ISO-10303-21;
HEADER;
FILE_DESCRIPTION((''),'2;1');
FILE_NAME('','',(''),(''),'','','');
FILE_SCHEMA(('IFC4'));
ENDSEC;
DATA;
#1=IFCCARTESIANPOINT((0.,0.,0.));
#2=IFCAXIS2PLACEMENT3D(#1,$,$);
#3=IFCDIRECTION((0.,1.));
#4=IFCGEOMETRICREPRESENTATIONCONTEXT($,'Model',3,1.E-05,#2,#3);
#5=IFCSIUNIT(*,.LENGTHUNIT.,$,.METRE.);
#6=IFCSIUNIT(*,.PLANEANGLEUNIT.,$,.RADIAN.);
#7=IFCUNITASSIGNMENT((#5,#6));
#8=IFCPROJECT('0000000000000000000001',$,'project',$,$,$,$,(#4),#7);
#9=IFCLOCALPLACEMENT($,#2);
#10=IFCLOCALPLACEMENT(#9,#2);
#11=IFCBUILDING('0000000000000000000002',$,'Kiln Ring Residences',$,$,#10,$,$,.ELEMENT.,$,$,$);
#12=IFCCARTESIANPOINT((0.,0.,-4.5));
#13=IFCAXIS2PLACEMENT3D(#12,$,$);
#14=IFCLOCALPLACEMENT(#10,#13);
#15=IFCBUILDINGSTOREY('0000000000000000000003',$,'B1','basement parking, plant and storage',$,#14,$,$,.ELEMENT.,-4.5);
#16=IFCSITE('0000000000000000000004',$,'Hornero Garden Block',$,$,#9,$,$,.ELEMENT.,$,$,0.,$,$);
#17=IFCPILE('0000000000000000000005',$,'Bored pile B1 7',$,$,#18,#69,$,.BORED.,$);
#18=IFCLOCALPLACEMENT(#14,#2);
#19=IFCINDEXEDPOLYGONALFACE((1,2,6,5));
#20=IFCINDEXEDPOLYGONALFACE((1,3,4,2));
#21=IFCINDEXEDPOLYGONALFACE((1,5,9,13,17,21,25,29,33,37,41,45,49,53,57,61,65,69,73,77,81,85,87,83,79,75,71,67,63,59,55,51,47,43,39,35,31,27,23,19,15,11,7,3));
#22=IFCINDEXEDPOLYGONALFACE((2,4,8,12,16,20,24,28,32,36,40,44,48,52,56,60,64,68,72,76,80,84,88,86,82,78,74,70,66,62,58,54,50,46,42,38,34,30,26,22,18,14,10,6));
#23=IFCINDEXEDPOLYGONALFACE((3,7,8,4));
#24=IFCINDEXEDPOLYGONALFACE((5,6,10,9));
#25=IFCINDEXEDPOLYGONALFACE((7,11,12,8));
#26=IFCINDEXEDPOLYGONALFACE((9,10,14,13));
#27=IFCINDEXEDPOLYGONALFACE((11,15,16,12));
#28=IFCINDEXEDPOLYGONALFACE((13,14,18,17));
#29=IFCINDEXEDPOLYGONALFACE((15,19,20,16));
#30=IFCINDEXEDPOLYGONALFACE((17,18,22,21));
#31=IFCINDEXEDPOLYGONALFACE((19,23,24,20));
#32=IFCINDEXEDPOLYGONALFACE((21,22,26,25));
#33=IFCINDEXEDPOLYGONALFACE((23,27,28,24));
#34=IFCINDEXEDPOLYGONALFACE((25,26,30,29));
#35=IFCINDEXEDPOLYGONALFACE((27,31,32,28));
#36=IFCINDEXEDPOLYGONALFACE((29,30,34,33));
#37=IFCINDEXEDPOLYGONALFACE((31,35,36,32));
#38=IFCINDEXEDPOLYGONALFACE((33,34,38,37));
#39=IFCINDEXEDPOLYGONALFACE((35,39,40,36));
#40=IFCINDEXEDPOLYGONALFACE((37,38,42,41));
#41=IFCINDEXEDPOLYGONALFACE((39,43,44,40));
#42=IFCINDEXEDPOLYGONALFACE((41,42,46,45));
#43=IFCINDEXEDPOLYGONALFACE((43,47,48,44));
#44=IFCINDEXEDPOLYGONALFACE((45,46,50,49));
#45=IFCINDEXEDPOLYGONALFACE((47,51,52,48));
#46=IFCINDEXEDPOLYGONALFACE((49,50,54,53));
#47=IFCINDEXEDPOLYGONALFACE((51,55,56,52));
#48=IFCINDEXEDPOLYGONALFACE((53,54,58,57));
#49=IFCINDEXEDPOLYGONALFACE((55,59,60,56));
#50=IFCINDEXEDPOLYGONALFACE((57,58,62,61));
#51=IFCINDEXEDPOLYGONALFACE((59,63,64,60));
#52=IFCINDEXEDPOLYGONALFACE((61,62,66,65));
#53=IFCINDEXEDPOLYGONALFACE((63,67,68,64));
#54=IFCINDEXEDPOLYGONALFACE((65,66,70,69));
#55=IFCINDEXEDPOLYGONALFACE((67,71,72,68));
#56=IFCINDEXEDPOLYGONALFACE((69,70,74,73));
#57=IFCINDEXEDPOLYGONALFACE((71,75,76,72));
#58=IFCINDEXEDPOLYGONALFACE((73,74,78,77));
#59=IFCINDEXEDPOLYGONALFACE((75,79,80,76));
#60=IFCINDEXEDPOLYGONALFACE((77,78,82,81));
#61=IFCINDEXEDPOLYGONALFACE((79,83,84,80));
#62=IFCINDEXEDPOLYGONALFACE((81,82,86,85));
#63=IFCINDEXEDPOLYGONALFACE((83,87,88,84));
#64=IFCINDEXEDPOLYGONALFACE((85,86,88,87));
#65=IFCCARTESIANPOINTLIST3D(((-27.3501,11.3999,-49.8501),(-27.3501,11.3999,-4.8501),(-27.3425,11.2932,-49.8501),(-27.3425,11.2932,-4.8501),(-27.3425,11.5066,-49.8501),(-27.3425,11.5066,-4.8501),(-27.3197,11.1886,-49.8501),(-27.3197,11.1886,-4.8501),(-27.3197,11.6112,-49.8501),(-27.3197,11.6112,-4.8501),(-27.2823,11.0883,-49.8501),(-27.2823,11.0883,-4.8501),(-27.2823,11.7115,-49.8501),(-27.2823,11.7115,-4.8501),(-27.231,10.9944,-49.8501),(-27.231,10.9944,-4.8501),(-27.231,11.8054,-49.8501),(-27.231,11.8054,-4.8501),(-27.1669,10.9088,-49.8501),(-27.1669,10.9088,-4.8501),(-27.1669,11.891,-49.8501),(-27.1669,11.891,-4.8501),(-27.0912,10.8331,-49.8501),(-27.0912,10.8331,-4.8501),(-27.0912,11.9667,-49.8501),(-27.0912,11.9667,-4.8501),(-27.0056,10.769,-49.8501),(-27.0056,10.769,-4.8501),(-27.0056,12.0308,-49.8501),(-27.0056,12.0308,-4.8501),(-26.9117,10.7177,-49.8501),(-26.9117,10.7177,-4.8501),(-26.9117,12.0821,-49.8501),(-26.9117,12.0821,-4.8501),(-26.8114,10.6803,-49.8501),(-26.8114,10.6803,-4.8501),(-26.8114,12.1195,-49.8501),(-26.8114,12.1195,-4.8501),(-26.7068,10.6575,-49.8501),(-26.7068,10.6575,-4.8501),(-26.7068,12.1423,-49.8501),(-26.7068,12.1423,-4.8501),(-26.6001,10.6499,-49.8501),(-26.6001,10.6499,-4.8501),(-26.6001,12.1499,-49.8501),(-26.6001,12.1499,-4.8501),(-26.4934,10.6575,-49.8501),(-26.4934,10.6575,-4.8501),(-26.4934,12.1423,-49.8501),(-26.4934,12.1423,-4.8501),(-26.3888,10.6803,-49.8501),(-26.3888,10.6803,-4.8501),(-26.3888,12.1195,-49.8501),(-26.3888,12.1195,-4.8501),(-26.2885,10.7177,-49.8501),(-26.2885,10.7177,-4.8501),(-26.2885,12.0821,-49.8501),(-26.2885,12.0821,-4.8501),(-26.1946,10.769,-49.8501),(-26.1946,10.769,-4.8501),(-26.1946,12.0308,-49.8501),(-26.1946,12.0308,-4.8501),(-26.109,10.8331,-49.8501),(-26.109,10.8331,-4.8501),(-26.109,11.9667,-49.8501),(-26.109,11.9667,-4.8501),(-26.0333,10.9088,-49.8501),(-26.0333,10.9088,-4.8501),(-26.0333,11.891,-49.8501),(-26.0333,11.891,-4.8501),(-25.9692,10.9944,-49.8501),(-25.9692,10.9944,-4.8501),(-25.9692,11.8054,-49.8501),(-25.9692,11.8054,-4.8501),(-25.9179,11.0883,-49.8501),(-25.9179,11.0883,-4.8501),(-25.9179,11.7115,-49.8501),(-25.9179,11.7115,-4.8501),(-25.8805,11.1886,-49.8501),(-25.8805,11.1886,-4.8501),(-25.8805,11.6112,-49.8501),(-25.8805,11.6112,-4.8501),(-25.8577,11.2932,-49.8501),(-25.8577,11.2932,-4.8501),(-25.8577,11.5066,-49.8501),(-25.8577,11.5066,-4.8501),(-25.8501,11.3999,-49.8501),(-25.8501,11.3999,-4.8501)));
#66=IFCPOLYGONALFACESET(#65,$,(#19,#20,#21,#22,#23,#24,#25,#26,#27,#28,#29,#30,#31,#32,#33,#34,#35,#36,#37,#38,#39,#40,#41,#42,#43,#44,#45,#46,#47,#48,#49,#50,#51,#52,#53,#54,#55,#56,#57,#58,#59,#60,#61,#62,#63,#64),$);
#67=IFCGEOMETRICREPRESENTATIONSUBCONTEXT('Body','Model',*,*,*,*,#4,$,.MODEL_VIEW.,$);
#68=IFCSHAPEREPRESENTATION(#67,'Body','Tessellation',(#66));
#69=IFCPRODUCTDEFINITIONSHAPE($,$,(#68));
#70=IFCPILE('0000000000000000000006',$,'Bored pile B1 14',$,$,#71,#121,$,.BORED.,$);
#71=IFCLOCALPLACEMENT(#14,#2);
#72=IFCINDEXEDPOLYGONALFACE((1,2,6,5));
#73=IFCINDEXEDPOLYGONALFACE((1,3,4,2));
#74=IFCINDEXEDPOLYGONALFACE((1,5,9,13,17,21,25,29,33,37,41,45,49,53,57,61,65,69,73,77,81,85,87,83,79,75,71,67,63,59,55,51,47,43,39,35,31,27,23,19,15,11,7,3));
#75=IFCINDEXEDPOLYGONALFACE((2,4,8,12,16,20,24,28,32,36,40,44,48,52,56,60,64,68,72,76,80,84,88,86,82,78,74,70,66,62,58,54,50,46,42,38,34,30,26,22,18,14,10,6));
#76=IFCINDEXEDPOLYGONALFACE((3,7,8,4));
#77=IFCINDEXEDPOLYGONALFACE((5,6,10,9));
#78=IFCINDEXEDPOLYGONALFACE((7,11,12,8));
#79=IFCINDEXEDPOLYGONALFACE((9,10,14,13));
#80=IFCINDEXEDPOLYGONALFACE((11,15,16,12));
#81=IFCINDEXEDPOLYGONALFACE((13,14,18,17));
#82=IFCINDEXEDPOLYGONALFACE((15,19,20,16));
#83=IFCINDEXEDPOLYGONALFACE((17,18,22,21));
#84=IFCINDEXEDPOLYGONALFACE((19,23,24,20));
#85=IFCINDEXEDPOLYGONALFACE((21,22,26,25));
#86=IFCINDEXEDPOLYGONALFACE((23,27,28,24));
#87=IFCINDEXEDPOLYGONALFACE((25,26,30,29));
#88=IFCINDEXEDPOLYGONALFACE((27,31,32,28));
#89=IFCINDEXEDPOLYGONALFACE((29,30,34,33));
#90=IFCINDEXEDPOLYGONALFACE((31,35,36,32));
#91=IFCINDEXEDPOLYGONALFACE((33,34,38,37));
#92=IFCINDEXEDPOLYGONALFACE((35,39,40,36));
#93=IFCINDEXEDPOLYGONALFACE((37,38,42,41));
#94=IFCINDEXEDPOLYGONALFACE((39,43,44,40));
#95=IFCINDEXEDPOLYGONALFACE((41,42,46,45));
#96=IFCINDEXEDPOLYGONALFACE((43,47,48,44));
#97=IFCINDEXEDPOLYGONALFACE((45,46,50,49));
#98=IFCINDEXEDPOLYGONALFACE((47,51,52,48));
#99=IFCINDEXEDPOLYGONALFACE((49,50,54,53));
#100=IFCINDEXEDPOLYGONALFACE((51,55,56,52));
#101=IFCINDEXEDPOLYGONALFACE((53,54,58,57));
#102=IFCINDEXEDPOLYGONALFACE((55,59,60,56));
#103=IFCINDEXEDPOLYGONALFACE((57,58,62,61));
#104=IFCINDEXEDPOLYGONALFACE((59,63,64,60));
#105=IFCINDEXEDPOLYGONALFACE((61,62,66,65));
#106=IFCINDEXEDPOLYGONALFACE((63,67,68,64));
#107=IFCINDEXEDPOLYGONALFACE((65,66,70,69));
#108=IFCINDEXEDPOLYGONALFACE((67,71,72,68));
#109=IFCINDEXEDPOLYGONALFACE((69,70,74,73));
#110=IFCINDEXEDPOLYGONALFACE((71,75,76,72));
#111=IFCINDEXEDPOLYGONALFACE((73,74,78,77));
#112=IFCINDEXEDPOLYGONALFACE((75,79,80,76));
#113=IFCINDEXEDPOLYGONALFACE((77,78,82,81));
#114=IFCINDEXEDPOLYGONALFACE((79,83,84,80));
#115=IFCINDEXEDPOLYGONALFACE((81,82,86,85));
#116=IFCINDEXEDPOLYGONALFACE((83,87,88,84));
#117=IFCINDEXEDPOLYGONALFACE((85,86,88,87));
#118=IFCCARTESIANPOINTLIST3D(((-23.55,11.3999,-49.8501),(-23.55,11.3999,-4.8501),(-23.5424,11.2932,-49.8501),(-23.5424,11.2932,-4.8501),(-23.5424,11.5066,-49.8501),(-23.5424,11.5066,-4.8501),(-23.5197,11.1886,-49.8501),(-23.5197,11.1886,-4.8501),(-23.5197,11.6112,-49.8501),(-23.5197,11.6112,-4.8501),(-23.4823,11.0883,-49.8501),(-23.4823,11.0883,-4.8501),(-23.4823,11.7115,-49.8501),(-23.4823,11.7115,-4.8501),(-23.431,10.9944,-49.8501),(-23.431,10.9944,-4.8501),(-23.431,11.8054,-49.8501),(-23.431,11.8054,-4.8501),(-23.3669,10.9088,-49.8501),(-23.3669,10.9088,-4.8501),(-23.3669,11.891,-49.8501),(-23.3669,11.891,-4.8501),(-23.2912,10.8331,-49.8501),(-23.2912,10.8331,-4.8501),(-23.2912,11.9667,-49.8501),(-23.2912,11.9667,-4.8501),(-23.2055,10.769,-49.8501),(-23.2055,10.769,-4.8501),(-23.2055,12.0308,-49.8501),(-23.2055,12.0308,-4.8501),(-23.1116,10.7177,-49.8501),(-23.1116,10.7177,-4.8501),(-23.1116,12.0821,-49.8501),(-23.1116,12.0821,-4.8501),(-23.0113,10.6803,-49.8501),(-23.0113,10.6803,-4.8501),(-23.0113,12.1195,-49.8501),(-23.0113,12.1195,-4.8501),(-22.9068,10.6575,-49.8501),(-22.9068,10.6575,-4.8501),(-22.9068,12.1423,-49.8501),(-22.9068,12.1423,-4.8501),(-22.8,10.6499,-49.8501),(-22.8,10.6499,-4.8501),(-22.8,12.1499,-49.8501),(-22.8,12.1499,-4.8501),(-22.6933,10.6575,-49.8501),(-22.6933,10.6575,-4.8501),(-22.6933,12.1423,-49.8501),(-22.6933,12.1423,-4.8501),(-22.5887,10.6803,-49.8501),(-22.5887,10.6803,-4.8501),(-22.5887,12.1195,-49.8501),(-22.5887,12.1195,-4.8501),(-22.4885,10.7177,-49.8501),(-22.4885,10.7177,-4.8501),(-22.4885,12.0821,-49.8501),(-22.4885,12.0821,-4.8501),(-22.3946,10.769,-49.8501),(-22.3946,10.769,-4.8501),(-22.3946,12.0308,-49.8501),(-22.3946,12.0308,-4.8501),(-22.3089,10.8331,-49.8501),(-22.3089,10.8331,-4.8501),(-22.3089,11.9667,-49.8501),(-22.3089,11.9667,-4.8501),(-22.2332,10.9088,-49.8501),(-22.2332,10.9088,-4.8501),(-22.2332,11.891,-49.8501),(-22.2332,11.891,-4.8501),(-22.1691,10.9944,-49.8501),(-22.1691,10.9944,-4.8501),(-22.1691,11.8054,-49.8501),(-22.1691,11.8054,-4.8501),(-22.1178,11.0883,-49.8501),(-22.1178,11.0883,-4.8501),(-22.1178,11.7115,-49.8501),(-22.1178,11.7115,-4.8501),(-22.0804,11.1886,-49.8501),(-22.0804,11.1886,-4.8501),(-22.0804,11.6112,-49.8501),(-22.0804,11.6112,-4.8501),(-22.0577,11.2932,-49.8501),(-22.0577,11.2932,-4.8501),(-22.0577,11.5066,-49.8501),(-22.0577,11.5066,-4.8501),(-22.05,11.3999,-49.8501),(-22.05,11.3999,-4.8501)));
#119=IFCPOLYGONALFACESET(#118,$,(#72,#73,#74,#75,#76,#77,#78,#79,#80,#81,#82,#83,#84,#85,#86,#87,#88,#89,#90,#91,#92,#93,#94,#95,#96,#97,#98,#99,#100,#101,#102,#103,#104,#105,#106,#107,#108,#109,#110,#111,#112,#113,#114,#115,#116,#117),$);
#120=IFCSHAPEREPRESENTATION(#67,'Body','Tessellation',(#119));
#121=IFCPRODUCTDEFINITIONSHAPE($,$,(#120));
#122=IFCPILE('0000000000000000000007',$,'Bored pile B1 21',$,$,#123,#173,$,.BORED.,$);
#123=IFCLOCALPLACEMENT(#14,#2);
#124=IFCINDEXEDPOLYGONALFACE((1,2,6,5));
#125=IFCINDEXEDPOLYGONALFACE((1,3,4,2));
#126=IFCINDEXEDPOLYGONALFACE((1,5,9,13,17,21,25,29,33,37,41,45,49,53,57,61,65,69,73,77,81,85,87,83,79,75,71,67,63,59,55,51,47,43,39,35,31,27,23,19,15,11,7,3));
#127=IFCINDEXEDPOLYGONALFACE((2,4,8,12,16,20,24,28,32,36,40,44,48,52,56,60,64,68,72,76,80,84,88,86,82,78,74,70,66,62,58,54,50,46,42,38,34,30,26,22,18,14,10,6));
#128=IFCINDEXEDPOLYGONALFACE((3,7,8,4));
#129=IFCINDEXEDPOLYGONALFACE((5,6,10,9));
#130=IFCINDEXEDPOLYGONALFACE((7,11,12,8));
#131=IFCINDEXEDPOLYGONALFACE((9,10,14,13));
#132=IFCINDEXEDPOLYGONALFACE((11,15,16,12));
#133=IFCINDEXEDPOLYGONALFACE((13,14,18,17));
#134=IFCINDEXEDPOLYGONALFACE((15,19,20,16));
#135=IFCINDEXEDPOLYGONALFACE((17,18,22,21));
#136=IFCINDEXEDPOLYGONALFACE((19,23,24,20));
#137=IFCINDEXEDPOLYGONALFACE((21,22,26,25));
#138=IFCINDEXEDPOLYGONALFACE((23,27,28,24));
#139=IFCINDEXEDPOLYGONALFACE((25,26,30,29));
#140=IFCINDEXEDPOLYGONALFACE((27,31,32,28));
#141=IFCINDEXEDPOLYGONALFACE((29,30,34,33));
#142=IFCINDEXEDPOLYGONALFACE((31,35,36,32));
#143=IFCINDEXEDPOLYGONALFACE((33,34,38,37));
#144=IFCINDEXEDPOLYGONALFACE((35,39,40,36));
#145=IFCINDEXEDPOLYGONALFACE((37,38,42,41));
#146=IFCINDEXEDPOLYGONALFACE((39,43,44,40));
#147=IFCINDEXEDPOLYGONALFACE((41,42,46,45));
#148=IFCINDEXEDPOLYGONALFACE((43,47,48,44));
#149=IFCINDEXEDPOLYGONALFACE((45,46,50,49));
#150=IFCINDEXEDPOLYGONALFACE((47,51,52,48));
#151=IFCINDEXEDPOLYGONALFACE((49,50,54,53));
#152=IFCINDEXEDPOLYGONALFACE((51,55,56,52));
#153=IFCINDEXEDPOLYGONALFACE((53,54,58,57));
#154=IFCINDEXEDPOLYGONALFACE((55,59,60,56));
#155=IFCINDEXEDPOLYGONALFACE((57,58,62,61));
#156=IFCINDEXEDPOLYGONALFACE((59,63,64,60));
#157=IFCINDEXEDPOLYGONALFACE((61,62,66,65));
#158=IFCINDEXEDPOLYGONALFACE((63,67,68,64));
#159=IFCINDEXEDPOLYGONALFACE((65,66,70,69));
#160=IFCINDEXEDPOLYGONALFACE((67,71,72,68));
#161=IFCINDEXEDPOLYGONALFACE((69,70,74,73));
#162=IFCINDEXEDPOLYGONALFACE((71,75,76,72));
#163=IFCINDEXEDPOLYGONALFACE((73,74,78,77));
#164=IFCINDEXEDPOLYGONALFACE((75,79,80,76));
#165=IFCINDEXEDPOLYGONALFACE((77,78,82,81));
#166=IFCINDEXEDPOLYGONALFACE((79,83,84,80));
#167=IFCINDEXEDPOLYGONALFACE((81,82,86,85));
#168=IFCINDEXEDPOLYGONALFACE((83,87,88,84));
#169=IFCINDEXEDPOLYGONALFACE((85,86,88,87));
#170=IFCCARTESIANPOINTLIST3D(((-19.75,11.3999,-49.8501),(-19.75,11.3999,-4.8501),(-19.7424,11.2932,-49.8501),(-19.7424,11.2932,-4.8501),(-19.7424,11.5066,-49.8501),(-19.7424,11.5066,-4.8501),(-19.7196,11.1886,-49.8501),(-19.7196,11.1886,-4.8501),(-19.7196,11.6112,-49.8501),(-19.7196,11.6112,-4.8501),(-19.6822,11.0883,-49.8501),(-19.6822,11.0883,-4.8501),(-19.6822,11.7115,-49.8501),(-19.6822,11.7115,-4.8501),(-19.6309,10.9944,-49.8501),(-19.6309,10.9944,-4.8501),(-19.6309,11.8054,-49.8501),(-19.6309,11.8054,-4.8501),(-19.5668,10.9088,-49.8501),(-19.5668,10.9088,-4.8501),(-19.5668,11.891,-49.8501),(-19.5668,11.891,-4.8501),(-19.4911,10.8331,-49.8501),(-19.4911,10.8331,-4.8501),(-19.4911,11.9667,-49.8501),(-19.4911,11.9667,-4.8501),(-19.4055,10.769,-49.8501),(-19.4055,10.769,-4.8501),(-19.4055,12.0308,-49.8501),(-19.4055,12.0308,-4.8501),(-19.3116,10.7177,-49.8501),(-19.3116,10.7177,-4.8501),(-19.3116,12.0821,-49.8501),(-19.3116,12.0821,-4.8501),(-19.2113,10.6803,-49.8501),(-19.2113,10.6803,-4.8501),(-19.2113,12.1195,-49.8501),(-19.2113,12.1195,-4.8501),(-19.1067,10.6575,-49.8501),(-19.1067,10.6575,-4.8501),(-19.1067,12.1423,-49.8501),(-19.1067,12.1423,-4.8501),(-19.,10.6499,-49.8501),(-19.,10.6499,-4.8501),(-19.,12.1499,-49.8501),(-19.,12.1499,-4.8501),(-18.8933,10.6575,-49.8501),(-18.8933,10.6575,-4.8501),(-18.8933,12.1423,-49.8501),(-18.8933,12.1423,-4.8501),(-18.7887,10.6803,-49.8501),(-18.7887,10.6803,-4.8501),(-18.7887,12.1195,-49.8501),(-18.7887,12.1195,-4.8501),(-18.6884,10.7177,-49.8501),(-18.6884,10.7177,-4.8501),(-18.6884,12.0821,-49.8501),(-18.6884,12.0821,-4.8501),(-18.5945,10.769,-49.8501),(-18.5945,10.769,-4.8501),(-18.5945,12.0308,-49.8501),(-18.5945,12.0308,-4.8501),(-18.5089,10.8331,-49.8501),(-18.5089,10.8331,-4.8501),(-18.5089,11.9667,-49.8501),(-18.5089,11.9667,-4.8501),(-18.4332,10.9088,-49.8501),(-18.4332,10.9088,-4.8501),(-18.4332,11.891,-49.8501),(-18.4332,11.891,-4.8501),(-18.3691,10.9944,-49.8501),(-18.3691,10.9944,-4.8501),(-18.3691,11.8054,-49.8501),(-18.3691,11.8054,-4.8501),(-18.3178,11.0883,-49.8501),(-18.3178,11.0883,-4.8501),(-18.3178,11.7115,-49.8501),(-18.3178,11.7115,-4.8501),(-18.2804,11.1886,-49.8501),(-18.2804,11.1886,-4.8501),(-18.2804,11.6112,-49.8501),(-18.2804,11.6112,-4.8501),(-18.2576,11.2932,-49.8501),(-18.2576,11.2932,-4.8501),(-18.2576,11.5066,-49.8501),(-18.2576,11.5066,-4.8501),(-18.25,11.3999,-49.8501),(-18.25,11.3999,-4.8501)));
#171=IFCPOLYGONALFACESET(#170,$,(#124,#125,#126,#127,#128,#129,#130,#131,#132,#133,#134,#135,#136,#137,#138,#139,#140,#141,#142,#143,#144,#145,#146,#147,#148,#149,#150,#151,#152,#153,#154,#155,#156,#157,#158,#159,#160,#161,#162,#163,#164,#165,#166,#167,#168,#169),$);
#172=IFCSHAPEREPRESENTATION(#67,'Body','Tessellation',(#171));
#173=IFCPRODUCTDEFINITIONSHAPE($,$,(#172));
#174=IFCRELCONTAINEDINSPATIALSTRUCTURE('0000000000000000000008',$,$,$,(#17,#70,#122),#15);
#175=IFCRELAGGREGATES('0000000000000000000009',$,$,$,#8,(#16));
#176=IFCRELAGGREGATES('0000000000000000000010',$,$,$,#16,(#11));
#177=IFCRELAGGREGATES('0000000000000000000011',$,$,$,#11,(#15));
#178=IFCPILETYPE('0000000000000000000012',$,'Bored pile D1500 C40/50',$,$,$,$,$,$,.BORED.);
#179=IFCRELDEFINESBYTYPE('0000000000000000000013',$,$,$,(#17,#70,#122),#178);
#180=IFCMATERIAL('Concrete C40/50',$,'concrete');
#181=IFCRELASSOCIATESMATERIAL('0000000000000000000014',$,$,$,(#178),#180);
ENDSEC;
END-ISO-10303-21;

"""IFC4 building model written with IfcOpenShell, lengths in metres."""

from ifc_helpers import new_model, si_unit, direction, frame, origin, origin_2d, place, context, subcontext, project, spatial, circle, extrude, material, material_profile, profile_set, type_object, element, save


model = new_model("IFC4")

# Units and contexts
model_context = context("Model", 3, precision=1e-05, world=origin(), true_north=direction((0.0, 1.0)))
body_context = subcontext(model_context, "Body", "Model", "MODEL_VIEW")
ifc_project = project(units=[si_unit("LENGTHUNIT", "METRE"), si_unit("PLANEANGLEUNIT", "RADIAN")], contexts=[model_context])

# Site, building, storey
site_placement = place(None, origin())
site = spatial("IfcSite", under=ifc_project, at=site_placement, Name="Hornero Garden Block", CompositionType="ELEMENT", RefElevation=0.0)
building_placement = place(site_placement, origin())
building = spatial("IfcBuilding", under=site, at=building_placement, Name="Kiln Ring Residences", CompositionType="ELEMENT")
storey_placement = place(building_placement, frame((0.0, 0.0, -4.5)))
storey = spatial("IfcBuildingStorey", under=building, at=storey_placement, Name="B1", Description="basement parking, plant and storage", CompositionType="ELEMENT", Elevation=-4.5)

# Piles
ifc_material_1 = material(Name="Concrete C40/50", Category="concrete")
ifc_material_profile_1 = material_profile(ifc_material_1, circle(Radius=0.75, at=origin_2d()), Name="BORED1500")
ifc_profile_set_1 = profile_set([ifc_material_profile_1], Name="Concrete C40/50")
pile_type = type_object("IfcPileType", Name="Bored pile D1500 C40/50", PredefinedType="BORED", material=ifc_profile_set_1)
for number, where, z_axis, x_axis, name in (
    (1, (-26.6001, 11.3999, -4.8501), (0.0, 0.0, -1.0), (1.0, 0.0, 0.0), "Bored pile B1 7"),
    (2, (-22.8, 11.3999, -4.8501), (0.0, 0.0, -1.0), (1.0, 0.0, 0.0), "Bored pile B1 14"),
    (3, (-19.0, 11.3999, -4.8501), (0.0, 0.0, -1.0), (1.0, 0.0, 0.0), "Bored pile B1 21"),
):
    element("IfcPile", number, at=place(storey_placement, frame(where, z_axis=z_axis, x_axis=x_axis)), inside=storey, type_object=pile_type, Name=name, PredefinedType="BORED", context=body_context, shape_type="SweptSolid", body=[
        extrude(circle(Radius=0.75, at=origin_2d()), origin(), (0.0, 0.0, 1.0), 45.0),
    ])

save(model, "model.ifc")
